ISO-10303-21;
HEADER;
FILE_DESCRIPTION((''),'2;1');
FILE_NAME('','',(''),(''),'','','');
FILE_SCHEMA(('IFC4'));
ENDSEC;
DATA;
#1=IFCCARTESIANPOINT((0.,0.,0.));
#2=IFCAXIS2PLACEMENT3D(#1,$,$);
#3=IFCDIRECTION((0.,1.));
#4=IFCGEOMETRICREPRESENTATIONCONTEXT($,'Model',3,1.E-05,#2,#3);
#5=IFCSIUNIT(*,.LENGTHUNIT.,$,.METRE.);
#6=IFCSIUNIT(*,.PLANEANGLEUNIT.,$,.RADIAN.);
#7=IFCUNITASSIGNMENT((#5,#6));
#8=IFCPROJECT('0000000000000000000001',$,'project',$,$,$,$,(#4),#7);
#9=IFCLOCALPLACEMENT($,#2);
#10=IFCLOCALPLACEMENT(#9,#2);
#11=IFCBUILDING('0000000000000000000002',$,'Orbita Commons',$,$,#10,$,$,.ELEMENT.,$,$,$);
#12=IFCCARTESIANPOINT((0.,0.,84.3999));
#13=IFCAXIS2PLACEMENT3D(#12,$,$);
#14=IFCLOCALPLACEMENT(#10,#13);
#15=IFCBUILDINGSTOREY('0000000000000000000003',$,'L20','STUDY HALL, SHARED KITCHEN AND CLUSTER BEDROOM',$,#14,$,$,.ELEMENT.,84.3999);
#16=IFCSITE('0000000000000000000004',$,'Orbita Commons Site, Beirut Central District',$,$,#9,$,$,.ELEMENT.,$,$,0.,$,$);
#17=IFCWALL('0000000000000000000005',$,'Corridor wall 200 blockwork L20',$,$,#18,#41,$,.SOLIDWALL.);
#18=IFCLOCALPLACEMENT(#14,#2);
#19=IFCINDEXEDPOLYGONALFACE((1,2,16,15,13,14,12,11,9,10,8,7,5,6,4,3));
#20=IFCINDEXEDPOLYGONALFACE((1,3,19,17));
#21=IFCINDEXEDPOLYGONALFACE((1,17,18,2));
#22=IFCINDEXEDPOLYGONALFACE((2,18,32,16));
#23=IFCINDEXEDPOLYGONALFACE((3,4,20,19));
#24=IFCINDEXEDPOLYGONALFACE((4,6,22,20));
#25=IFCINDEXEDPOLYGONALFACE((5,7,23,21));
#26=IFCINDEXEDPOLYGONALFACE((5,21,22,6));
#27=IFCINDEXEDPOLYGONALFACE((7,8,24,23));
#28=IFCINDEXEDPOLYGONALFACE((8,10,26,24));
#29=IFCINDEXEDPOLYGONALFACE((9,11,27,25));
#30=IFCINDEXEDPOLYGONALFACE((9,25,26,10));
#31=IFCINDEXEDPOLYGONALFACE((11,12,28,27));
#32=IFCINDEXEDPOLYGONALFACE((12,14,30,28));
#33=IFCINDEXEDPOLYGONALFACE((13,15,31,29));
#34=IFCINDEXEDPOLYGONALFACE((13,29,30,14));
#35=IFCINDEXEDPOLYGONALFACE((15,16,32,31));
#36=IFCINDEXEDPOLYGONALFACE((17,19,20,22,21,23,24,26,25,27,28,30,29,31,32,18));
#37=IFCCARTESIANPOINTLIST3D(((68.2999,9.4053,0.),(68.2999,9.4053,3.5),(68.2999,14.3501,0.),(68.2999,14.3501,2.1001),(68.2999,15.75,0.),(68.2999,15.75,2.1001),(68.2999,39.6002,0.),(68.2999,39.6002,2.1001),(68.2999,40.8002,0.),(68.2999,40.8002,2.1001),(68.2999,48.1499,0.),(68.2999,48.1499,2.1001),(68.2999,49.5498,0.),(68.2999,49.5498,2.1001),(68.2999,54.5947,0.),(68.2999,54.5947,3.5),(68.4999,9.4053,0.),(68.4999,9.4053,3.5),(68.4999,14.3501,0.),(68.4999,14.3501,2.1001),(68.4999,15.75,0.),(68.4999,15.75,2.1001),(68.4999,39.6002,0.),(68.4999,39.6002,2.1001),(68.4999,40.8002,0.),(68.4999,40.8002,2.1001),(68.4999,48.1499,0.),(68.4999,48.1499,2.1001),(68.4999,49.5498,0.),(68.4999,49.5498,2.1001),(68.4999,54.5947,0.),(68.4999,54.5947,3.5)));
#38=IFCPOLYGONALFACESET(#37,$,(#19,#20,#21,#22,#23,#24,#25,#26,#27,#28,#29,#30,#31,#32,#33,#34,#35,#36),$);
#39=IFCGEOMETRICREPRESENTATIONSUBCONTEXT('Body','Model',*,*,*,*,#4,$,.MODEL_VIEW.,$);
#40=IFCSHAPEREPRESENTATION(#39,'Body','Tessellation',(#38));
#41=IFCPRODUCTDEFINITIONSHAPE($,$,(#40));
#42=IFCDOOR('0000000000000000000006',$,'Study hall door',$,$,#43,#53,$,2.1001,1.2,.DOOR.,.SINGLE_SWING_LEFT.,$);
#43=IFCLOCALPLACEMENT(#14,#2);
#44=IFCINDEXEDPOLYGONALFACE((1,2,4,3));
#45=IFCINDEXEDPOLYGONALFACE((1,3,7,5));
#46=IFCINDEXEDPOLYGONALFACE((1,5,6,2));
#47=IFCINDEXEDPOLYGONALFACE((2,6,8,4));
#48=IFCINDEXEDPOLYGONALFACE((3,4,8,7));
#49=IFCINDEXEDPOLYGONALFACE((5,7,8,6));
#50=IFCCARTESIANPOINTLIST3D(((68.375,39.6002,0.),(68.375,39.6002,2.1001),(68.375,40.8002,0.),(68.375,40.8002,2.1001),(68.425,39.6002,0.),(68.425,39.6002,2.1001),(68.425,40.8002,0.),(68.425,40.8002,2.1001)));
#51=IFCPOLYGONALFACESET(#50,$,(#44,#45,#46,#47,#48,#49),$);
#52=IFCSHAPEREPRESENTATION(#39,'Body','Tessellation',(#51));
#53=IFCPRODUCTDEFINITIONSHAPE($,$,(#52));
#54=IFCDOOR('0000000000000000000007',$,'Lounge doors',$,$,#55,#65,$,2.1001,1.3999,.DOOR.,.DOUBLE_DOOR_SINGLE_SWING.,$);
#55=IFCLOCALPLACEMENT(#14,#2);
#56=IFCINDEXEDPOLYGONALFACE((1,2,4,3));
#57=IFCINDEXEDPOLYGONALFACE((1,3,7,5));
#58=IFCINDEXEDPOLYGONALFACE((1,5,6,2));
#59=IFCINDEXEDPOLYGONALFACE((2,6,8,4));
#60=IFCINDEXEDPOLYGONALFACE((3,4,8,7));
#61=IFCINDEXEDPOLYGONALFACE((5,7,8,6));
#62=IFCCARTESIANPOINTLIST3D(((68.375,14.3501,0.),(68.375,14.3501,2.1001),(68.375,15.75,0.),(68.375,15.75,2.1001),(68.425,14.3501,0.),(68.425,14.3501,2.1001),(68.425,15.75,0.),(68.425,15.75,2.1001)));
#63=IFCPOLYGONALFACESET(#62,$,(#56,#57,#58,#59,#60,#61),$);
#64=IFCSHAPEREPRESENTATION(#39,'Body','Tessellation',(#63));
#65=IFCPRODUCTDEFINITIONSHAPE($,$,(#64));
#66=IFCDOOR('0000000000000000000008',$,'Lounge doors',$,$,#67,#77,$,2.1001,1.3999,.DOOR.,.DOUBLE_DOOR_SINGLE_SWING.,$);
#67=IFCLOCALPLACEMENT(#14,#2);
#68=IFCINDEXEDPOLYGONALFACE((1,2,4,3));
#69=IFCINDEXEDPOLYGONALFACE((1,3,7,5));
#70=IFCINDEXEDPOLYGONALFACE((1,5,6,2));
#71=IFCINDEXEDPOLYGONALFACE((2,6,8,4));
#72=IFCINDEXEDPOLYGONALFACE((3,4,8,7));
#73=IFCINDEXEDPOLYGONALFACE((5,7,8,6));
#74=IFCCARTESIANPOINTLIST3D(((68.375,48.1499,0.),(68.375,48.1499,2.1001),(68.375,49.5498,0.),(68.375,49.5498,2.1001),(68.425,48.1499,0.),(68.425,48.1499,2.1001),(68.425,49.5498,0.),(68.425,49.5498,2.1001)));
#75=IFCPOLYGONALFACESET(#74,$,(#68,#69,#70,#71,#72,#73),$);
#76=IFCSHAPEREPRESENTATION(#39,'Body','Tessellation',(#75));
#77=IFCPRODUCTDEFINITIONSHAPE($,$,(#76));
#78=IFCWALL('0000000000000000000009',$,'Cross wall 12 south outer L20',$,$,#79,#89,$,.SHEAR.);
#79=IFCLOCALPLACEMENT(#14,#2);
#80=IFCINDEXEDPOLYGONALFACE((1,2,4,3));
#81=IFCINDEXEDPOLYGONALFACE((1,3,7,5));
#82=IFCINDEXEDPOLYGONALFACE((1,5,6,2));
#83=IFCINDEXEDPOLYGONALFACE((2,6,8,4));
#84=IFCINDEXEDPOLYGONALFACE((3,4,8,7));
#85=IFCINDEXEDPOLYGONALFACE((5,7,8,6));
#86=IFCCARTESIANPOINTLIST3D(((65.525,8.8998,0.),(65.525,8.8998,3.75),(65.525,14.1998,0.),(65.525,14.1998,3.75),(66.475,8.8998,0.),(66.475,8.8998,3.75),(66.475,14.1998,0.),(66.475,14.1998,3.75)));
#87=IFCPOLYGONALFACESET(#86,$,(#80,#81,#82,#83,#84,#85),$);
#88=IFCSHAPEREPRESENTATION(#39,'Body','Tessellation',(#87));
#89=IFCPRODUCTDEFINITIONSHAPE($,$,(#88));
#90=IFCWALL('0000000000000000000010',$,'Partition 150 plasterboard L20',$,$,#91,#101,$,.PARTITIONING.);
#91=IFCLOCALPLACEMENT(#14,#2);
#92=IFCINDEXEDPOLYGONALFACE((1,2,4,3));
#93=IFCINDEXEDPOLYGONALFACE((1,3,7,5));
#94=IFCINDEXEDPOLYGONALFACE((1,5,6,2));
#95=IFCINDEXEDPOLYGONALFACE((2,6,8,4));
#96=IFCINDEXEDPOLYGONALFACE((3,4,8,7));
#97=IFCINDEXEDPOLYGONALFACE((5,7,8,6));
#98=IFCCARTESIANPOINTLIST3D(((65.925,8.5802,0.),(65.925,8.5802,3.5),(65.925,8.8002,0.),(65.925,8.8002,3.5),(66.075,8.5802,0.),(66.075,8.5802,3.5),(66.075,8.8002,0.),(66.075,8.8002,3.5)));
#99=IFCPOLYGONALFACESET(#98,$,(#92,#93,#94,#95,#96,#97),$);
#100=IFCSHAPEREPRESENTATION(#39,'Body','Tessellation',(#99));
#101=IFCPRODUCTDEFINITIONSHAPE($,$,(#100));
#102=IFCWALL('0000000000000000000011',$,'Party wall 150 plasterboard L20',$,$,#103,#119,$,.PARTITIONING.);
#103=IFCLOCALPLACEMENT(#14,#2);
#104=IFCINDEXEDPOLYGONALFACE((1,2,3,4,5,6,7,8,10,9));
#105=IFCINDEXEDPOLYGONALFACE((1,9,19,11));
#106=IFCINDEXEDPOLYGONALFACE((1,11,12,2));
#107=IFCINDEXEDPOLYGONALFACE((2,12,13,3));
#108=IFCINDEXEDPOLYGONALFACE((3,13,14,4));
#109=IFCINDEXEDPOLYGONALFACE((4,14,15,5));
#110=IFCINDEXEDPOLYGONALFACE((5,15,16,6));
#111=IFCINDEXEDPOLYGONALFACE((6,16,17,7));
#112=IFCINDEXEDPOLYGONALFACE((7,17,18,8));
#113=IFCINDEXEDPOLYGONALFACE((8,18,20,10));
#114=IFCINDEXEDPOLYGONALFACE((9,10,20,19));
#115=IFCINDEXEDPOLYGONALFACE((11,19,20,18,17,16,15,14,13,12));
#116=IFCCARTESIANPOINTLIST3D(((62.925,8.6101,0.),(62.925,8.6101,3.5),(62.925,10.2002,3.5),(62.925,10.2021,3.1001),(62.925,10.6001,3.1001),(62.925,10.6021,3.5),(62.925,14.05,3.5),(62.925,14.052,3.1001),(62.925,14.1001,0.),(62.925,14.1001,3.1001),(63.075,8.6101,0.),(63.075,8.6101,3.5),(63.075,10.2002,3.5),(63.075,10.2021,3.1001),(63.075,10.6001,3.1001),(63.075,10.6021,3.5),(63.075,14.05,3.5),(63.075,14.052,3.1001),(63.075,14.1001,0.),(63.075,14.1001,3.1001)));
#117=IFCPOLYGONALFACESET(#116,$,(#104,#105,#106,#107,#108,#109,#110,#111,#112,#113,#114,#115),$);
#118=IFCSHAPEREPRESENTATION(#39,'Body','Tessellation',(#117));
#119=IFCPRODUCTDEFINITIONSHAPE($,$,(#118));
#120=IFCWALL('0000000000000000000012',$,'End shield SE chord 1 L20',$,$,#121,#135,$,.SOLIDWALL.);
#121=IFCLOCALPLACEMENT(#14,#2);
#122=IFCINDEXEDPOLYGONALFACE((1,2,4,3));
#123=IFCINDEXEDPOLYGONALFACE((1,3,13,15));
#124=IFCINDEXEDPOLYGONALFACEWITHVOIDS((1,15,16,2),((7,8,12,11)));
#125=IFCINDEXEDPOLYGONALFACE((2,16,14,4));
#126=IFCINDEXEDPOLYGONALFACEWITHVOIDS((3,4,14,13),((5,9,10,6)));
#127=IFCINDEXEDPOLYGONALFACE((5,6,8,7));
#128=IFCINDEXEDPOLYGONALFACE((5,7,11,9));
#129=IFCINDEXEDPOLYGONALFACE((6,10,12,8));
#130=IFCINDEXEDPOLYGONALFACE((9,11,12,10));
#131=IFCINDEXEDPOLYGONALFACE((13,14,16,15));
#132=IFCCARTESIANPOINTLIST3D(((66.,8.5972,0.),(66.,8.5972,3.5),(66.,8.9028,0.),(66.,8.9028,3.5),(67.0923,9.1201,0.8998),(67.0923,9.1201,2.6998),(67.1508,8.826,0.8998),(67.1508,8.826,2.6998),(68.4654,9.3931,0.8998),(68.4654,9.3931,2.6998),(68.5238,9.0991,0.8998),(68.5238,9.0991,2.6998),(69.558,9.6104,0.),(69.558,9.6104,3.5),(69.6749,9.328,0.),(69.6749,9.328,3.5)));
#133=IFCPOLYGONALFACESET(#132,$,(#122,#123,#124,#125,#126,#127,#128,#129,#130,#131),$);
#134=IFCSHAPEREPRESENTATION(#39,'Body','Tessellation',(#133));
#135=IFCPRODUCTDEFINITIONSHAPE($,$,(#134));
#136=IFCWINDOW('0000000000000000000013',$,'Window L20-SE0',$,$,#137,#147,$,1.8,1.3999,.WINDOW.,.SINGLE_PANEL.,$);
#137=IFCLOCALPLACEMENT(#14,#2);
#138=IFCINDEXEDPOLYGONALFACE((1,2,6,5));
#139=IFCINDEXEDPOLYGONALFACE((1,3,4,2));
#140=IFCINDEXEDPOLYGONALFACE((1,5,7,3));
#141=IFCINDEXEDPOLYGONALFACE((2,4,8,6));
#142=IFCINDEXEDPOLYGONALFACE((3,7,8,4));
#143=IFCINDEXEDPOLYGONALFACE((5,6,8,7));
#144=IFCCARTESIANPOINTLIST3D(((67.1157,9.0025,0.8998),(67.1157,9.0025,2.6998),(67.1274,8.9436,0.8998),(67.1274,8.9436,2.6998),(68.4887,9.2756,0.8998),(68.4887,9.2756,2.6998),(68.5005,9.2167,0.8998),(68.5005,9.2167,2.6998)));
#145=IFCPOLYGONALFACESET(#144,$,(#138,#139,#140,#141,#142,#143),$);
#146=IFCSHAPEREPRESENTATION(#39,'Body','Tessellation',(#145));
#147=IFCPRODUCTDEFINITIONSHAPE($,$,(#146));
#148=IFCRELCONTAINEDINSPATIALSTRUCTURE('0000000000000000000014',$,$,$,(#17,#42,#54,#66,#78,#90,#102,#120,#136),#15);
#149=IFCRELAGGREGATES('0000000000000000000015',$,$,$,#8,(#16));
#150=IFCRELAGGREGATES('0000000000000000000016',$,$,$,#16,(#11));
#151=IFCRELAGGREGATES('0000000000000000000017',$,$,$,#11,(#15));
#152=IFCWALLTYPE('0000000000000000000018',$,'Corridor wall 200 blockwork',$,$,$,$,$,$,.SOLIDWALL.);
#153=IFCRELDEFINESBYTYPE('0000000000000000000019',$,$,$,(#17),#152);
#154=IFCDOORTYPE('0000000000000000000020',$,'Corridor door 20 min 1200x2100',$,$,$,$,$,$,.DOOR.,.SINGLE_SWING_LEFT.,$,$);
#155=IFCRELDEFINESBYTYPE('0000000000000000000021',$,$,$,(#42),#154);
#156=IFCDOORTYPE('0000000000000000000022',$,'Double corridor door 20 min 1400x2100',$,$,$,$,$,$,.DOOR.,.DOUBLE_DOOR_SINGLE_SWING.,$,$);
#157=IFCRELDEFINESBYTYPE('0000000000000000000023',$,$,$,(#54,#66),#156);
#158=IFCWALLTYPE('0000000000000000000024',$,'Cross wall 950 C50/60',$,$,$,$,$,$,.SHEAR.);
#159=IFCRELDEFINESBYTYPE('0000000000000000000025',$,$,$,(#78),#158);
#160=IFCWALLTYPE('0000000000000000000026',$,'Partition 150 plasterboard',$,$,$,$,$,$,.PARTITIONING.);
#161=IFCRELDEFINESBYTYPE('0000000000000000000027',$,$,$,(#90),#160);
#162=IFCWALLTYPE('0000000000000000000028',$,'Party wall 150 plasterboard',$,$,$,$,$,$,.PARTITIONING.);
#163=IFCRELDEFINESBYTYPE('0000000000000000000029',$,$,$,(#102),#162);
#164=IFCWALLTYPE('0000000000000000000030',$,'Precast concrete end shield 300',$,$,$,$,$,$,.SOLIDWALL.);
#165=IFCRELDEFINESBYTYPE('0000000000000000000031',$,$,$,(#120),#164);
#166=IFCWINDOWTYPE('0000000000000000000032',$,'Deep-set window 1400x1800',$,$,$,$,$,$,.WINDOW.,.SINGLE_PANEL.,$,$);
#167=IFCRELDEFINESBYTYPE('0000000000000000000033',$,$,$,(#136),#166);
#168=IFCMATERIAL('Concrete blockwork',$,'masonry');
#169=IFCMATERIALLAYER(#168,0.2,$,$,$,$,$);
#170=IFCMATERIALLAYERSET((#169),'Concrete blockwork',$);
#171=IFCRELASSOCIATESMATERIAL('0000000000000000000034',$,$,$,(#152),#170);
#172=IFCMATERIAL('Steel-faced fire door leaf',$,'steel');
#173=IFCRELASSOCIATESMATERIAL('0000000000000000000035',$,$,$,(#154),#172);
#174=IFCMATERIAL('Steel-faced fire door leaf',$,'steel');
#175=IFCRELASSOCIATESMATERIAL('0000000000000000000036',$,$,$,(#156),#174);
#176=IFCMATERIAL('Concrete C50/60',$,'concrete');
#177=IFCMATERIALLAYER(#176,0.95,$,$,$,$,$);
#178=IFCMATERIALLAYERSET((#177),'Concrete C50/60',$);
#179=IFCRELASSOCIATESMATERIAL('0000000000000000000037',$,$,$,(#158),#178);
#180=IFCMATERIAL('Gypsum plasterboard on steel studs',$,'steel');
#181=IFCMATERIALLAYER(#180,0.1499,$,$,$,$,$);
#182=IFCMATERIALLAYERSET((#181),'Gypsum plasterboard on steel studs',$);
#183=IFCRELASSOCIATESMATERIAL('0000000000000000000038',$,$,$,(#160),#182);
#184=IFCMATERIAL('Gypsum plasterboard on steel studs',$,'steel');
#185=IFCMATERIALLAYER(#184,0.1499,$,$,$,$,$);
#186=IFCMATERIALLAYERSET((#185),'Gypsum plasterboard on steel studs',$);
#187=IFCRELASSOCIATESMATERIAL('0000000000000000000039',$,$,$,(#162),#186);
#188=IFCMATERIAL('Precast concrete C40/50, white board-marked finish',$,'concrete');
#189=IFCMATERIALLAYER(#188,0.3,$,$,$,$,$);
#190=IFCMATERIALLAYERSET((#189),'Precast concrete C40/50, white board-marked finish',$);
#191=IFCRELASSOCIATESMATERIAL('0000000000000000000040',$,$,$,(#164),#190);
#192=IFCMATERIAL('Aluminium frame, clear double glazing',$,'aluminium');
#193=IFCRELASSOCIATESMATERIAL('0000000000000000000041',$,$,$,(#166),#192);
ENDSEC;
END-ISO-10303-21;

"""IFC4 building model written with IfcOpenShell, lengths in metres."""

from ifc_helpers import new_model, si_unit, direction, frame, frame_2d, origin, place, context, subcontext, project, spatial, polyline, rectangle, outline, extrude, material, layer, layer_set, type_object, element, fill, save


model = new_model("IFC4")

# Units and contexts
model_context = context("Model", 3, precision=1e-05, world=origin(), true_north=direction((0.0, 1.0)))
body_context = subcontext(model_context, "Body", "Model", "MODEL_VIEW")
ifc_project = project(units=[si_unit("LENGTHUNIT", "METRE"), si_unit("PLANEANGLEUNIT", "RADIAN")], contexts=[model_context])

# Site, building, storey
site_placement = place(None, origin())
site = spatial("IfcSite", under=ifc_project, at=site_placement, Name="Orbita Commons Site, Beirut Central District", CompositionType="ELEMENT", RefElevation=0.0)
building_placement = place(site_placement, origin())
building = spatial("IfcBuilding", under=site, at=building_placement, Name="Orbita Commons", CompositionType="ELEMENT")
storey_placement = place(building_placement, frame((0.0, 0.0, 84.3999)))
storey = spatial("IfcBuildingStorey", under=building, at=storey_placement, Name="L20", Description="STUDY HALL, SHARED KITCHEN AND CLUSTER BEDROOM", CompositionType="ELEMENT", Elevation=84.3999)

# Wall, openings, doors
ifc_material_1 = material(Name="Concrete blockwork", Category="masonry")
ifc_layer_1 = layer(ifc_material_1, 0.2)
ifc_layer_set_1 = layer_set([ifc_layer_1], Name="Concrete blockwork")
wall_type_1 = type_object("IfcWallType", Name="Corridor wall 200 blockwork", PredefinedType="SOLIDWALL", material=ifc_layer_set_1)
wall_1_placement = place(storey_placement, frame((68.3999, 9.4053, 0.0), z_axis=(0.0, 0.0, 1.0), x_axis=(0.0, 1.0, 0.0)))
wall_1 = element("IfcWall", 1, at=wall_1_placement, inside=storey, type_object=wall_type_1, Name="Corridor wall 200 blockwork L20", PredefinedType="SOLIDWALL", context=body_context, shape_type="SweptSolid", body=[
    extrude(rectangle(XDim=45.1895, YDim=0.2, at=frame_2d((22.5947, 0.0))), origin(), (0.0, 0.0, 1.0), 3.5),
])
opening_1_placement = place(wall_1_placement, frame((30.1948, 0.0, 0.0)))
opening_1 = element("IfcOpeningElement", 2, at=opening_1_placement, cuts=wall_1, PredefinedType="OPENING", context=body_context, shape_type="SweptSolid", body=[
    extrude(rectangle(XDim=1.2, YDim=2.1001, at=frame_2d((0.6001, 1.05))), frame((0.0, 0.1099, 0.0), z_axis=(0.0, -1.0, 0.0), x_axis=(1.0, 0.0, 0.0)), (0.0, 0.0, 1.0), 0.22),
])
opening_2_placement = place(wall_1_placement, frame((4.9448, 0.0, 0.0)))
opening_2 = element("IfcOpeningElement", 3, at=opening_2_placement, cuts=wall_1, PredefinedType="OPENING", context=body_context, shape_type="SweptSolid", body=[
    extrude(rectangle(XDim=1.3999, YDim=2.1001, at=frame_2d((0.7, 1.05))), frame((0.0, 0.1099, 0.0), z_axis=(0.0, -1.0, 0.0), x_axis=(1.0, 0.0, 0.0)), (0.0, 0.0, 1.0), 0.22),
])
opening_3_placement = place(wall_1_placement, frame((38.7446, 0.0, 0.0)))
opening_3 = element("IfcOpeningElement", 4, at=opening_3_placement, cuts=wall_1, PredefinedType="OPENING", context=body_context, shape_type="SweptSolid", body=[
    extrude(rectangle(XDim=1.3999, YDim=2.1001, at=frame_2d((0.7, 1.05))), frame((0.0, 0.1099, 0.0), z_axis=(0.0, -1.0, 0.0), x_axis=(1.0, 0.0, 0.0)), (0.0, 0.0, 1.0), 0.22),
])
ifc_material_2 = material(Name="Steel-faced fire door leaf", Category="steel")
door_type_1 = type_object("IfcDoorType", Name="Corridor door 20 min 1200x2100", OperationType="SINGLE_SWING_LEFT", PredefinedType="DOOR", material=ifc_material_2)
door_1_placement = place(opening_1_placement, origin())
door_1 = element("IfcDoor", 5, at=door_1_placement, inside=storey, type_object=door_type_1, Name="Study hall door", OperationType="SINGLE_SWING_LEFT", OverallHeight=2.1001, OverallWidth=1.2, PredefinedType="DOOR", context=body_context, shape_type="SweptSolid", body=[
    extrude(rectangle(XDim=1.2, YDim=2.1001, at=frame_2d((0.6001, 1.05))), frame((0.0, 0.0249, 0.0), z_axis=(0.0, -1.0, 0.0), x_axis=(1.0, 0.0, 0.0)), (0.0, 0.0, 1.0), 0.05),
])
fill(opening_1, door_1)
ifc_material_3 = material(Name="Steel-faced fire door leaf", Category="steel")
door_type_2 = type_object("IfcDoorType", Name="Double corridor door 20 min 1400x2100", OperationType="DOUBLE_DOOR_SINGLE_SWING", PredefinedType="DOOR", material=ifc_material_3)
door_2_placement = place(opening_2_placement, origin())
door_2 = element("IfcDoor", 6, at=door_2_placement, inside=storey, type_object=door_type_2, Name="Lounge doors", OperationType="DOUBLE_DOOR_SINGLE_SWING", OverallHeight=2.1001, OverallWidth=1.3999, PredefinedType="DOOR", context=body_context, shape_type="SweptSolid", body=[
    extrude(rectangle(XDim=1.3999, YDim=2.1001, at=frame_2d((0.7, 1.05))), frame((0.0, 0.0249, 0.0), z_axis=(0.0, -1.0, 0.0), x_axis=(1.0, 0.0, 0.0)), (0.0, 0.0, 1.0), 0.05),
])
fill(opening_2, door_2)
door_3_placement = place(opening_3_placement, origin())
door_3 = element("IfcDoor", 7, at=door_3_placement, inside=storey, type_object=door_type_2, Name="Lounge doors", OperationType="DOUBLE_DOOR_SINGLE_SWING", OverallHeight=2.1001, OverallWidth=1.3999, PredefinedType="DOOR", context=body_context, shape_type="SweptSolid", body=[
    extrude(rectangle(XDim=1.3999, YDim=2.1001, at=frame_2d((0.7, 1.05))), frame((0.0, 0.0249, 0.0), z_axis=(0.0, -1.0, 0.0), x_axis=(1.0, 0.0, 0.0)), (0.0, 0.0, 1.0), 0.05),
])
fill(opening_3, door_3)

# Walls
ifc_material_4 = material(Name="Concrete C50/60", Category="concrete")
ifc_layer_2 = layer(ifc_material_4, 0.95)
ifc_layer_set_2 = layer_set([ifc_layer_2], Name="Concrete C50/60")
wall_type_2 = type_object("IfcWallType", Name="Cross wall 950 C50/60", PredefinedType="SHEAR", material=ifc_layer_set_2)
wall_2_placement = place(storey_placement, frame((66.0, 8.8999, 0.0), z_axis=(0.0, 0.0, 1.0), x_axis=(0.0, 1.0, 0.0)))
element("IfcWall", 8, at=wall_2_placement, inside=storey, type_object=wall_type_2, Name="Cross wall 12 south outer L20", PredefinedType="SHEAR", context=body_context, shape_type="SweptSolid", body=[
    extrude(rectangle(XDim=5.3, YDim=0.95, at=frame_2d((2.6499, 0.0))), origin(), (0.0, 0.0, 1.0), 3.75),
])
ifc_material_5 = material(Name="Gypsum plasterboard on steel studs", Category="steel")
ifc_layer_3 = layer(ifc_material_5, 0.1499)
ifc_layer_set_3 = layer_set([ifc_layer_3], Name="Gypsum plasterboard on steel studs")
wall_type_3 = type_object("IfcWallType", Name="Partition 150 plasterboard", PredefinedType="PARTITIONING", material=ifc_layer_set_3)
wall_3_placement = place(storey_placement, frame((66.0, 8.8, 0.0), z_axis=(0.0, 0.0, 1.0), x_axis=(0.0, -1.0, 0.0)))
element("IfcWall", 9, at=wall_3_placement, inside=storey, type_object=wall_type_3, Name="Partition 150 plasterboard L20", PredefinedType="PARTITIONING", context=body_context, shape_type="SweptSolid", body=[
    extrude(rectangle(XDim=0.22, YDim=0.1499, at=frame_2d((0.1099, 0.0))), origin(), (0.0, 0.0, 1.0), 3.5),
])
ifc_material_6 = material(Name="Gypsum plasterboard on steel studs", Category="steel")
ifc_layer_4 = layer(ifc_material_6, 0.1499)
ifc_layer_set_4 = layer_set([ifc_layer_4], Name="Gypsum plasterboard on steel studs")
wall_type_4 = type_object("IfcWallType", Name="Party wall 150 plasterboard", PredefinedType="PARTITIONING", material=ifc_layer_set_4)
wall_4_placement = place(storey_placement, frame((63.0, 8.6101, 0.0), z_axis=(0.0, 0.0, 1.0), x_axis=(0.0, 1.0, 0.0)))
element("IfcWall", 10, at=wall_4_placement, inside=storey, type_object=wall_type_4, Name="Party wall 150 plasterboard L20", PredefinedType="PARTITIONING", context=body_context, shape_type="SweptSolid", body=[
    extrude(outline(polyline([(0.0, 0.0), (5.49, 0.0), (5.49, 3.1001), (5.4419, 3.1001), (5.4399, 3.5), (1.9919, 3.5), (1.99, 3.1001), (1.592, 3.1001), (1.5901, 3.5), (0.0, 3.5), (0.0, 0.0)])), frame((0.0, 0.075, 0.0), z_axis=(0.0, -1.0, 0.0), x_axis=(1.0, 0.0, 0.0)), (0.0, 0.0, 1.0), 0.1499),
])

# Wall, opening, window
ifc_material_7 = material(Name="Precast concrete C40/50, white board-marked finish", Category="concrete")
ifc_layer_5 = layer(ifc_material_7, 0.3)
ifc_layer_set_5 = layer_set([ifc_layer_5], Name="Precast concrete C40/50, white board-marked finish")
wall_type_5 = type_object("IfcWallType", Name="Precast concrete end shield 300", PredefinedType="SOLIDWALL", material=ifc_layer_set_5)
wall_5_placement = place(storey_placement, frame((66.0, 8.75, 0.0), z_axis=(0.0, 0.0, 1.0), x_axis=(0.980791, 0.195059, 0.0)))
wall_5 = element("IfcWall", 11, at=wall_5_placement, inside=storey, type_object=wall_type_5, Name="End shield SE chord 1 L20", PredefinedType="SOLIDWALL", context=body_context, shape_type="SweptSolid", body=[
    extrude(outline(polyline([(-0.0298, -0.1499), (3.717, -0.1499), (3.6575, 0.1499), (0.0298, 0.1499), (-0.0298, -0.1499)])), origin(), (0.0, 0.0, 1.0), 3.5),
])
opening_4_placement = place(wall_5_placement, frame((1.1436, 0.0, 0.8999)))
opening_4 = element("IfcOpeningElement", 12, at=opening_4_placement, cuts=wall_5, PredefinedType="OPENING", context=body_context, shape_type="SweptSolid", body=[
    extrude(rectangle(XDim=1.3999, YDim=1.8, at=frame_2d((0.7, 0.8999))), frame((0.0, 0.1599, 0.0), z_axis=(0.0, -1.0, 0.0), x_axis=(1.0, 0.0, 0.0)), (0.0, 0.0, 1.0), 0.3201),
])
ifc_material_8 = material(Name="Aluminium frame, clear double glazing", Category="aluminium")
window_type = type_object("IfcWindowType", Name="Deep-set window 1400x1800", PartitioningType="SINGLE_PANEL", PredefinedType="WINDOW", material=ifc_material_8)
window_1_placement = place(opening_4_placement, origin())
window_1 = element("IfcWindow", 13, at=window_1_placement, inside=storey, type_object=window_type, Name="Window L20-SE0", OverallHeight=1.8, OverallWidth=1.3999, PartitioningType="SINGLE_PANEL", PredefinedType="WINDOW", context=body_context, shape_type="SweptSolid", body=[
    extrude(rectangle(XDim=1.3999, YDim=1.8, at=frame_2d((0.7, 0.8999))), frame((0.0, 0.03, 0.0), z_axis=(0.0, -1.0, 0.0), x_axis=(1.0, 0.0, 0.0)), (0.0, 0.0, 1.0), 0.0601),
])
fill(opening_4, window_1)

save(model, "model.ifc")
